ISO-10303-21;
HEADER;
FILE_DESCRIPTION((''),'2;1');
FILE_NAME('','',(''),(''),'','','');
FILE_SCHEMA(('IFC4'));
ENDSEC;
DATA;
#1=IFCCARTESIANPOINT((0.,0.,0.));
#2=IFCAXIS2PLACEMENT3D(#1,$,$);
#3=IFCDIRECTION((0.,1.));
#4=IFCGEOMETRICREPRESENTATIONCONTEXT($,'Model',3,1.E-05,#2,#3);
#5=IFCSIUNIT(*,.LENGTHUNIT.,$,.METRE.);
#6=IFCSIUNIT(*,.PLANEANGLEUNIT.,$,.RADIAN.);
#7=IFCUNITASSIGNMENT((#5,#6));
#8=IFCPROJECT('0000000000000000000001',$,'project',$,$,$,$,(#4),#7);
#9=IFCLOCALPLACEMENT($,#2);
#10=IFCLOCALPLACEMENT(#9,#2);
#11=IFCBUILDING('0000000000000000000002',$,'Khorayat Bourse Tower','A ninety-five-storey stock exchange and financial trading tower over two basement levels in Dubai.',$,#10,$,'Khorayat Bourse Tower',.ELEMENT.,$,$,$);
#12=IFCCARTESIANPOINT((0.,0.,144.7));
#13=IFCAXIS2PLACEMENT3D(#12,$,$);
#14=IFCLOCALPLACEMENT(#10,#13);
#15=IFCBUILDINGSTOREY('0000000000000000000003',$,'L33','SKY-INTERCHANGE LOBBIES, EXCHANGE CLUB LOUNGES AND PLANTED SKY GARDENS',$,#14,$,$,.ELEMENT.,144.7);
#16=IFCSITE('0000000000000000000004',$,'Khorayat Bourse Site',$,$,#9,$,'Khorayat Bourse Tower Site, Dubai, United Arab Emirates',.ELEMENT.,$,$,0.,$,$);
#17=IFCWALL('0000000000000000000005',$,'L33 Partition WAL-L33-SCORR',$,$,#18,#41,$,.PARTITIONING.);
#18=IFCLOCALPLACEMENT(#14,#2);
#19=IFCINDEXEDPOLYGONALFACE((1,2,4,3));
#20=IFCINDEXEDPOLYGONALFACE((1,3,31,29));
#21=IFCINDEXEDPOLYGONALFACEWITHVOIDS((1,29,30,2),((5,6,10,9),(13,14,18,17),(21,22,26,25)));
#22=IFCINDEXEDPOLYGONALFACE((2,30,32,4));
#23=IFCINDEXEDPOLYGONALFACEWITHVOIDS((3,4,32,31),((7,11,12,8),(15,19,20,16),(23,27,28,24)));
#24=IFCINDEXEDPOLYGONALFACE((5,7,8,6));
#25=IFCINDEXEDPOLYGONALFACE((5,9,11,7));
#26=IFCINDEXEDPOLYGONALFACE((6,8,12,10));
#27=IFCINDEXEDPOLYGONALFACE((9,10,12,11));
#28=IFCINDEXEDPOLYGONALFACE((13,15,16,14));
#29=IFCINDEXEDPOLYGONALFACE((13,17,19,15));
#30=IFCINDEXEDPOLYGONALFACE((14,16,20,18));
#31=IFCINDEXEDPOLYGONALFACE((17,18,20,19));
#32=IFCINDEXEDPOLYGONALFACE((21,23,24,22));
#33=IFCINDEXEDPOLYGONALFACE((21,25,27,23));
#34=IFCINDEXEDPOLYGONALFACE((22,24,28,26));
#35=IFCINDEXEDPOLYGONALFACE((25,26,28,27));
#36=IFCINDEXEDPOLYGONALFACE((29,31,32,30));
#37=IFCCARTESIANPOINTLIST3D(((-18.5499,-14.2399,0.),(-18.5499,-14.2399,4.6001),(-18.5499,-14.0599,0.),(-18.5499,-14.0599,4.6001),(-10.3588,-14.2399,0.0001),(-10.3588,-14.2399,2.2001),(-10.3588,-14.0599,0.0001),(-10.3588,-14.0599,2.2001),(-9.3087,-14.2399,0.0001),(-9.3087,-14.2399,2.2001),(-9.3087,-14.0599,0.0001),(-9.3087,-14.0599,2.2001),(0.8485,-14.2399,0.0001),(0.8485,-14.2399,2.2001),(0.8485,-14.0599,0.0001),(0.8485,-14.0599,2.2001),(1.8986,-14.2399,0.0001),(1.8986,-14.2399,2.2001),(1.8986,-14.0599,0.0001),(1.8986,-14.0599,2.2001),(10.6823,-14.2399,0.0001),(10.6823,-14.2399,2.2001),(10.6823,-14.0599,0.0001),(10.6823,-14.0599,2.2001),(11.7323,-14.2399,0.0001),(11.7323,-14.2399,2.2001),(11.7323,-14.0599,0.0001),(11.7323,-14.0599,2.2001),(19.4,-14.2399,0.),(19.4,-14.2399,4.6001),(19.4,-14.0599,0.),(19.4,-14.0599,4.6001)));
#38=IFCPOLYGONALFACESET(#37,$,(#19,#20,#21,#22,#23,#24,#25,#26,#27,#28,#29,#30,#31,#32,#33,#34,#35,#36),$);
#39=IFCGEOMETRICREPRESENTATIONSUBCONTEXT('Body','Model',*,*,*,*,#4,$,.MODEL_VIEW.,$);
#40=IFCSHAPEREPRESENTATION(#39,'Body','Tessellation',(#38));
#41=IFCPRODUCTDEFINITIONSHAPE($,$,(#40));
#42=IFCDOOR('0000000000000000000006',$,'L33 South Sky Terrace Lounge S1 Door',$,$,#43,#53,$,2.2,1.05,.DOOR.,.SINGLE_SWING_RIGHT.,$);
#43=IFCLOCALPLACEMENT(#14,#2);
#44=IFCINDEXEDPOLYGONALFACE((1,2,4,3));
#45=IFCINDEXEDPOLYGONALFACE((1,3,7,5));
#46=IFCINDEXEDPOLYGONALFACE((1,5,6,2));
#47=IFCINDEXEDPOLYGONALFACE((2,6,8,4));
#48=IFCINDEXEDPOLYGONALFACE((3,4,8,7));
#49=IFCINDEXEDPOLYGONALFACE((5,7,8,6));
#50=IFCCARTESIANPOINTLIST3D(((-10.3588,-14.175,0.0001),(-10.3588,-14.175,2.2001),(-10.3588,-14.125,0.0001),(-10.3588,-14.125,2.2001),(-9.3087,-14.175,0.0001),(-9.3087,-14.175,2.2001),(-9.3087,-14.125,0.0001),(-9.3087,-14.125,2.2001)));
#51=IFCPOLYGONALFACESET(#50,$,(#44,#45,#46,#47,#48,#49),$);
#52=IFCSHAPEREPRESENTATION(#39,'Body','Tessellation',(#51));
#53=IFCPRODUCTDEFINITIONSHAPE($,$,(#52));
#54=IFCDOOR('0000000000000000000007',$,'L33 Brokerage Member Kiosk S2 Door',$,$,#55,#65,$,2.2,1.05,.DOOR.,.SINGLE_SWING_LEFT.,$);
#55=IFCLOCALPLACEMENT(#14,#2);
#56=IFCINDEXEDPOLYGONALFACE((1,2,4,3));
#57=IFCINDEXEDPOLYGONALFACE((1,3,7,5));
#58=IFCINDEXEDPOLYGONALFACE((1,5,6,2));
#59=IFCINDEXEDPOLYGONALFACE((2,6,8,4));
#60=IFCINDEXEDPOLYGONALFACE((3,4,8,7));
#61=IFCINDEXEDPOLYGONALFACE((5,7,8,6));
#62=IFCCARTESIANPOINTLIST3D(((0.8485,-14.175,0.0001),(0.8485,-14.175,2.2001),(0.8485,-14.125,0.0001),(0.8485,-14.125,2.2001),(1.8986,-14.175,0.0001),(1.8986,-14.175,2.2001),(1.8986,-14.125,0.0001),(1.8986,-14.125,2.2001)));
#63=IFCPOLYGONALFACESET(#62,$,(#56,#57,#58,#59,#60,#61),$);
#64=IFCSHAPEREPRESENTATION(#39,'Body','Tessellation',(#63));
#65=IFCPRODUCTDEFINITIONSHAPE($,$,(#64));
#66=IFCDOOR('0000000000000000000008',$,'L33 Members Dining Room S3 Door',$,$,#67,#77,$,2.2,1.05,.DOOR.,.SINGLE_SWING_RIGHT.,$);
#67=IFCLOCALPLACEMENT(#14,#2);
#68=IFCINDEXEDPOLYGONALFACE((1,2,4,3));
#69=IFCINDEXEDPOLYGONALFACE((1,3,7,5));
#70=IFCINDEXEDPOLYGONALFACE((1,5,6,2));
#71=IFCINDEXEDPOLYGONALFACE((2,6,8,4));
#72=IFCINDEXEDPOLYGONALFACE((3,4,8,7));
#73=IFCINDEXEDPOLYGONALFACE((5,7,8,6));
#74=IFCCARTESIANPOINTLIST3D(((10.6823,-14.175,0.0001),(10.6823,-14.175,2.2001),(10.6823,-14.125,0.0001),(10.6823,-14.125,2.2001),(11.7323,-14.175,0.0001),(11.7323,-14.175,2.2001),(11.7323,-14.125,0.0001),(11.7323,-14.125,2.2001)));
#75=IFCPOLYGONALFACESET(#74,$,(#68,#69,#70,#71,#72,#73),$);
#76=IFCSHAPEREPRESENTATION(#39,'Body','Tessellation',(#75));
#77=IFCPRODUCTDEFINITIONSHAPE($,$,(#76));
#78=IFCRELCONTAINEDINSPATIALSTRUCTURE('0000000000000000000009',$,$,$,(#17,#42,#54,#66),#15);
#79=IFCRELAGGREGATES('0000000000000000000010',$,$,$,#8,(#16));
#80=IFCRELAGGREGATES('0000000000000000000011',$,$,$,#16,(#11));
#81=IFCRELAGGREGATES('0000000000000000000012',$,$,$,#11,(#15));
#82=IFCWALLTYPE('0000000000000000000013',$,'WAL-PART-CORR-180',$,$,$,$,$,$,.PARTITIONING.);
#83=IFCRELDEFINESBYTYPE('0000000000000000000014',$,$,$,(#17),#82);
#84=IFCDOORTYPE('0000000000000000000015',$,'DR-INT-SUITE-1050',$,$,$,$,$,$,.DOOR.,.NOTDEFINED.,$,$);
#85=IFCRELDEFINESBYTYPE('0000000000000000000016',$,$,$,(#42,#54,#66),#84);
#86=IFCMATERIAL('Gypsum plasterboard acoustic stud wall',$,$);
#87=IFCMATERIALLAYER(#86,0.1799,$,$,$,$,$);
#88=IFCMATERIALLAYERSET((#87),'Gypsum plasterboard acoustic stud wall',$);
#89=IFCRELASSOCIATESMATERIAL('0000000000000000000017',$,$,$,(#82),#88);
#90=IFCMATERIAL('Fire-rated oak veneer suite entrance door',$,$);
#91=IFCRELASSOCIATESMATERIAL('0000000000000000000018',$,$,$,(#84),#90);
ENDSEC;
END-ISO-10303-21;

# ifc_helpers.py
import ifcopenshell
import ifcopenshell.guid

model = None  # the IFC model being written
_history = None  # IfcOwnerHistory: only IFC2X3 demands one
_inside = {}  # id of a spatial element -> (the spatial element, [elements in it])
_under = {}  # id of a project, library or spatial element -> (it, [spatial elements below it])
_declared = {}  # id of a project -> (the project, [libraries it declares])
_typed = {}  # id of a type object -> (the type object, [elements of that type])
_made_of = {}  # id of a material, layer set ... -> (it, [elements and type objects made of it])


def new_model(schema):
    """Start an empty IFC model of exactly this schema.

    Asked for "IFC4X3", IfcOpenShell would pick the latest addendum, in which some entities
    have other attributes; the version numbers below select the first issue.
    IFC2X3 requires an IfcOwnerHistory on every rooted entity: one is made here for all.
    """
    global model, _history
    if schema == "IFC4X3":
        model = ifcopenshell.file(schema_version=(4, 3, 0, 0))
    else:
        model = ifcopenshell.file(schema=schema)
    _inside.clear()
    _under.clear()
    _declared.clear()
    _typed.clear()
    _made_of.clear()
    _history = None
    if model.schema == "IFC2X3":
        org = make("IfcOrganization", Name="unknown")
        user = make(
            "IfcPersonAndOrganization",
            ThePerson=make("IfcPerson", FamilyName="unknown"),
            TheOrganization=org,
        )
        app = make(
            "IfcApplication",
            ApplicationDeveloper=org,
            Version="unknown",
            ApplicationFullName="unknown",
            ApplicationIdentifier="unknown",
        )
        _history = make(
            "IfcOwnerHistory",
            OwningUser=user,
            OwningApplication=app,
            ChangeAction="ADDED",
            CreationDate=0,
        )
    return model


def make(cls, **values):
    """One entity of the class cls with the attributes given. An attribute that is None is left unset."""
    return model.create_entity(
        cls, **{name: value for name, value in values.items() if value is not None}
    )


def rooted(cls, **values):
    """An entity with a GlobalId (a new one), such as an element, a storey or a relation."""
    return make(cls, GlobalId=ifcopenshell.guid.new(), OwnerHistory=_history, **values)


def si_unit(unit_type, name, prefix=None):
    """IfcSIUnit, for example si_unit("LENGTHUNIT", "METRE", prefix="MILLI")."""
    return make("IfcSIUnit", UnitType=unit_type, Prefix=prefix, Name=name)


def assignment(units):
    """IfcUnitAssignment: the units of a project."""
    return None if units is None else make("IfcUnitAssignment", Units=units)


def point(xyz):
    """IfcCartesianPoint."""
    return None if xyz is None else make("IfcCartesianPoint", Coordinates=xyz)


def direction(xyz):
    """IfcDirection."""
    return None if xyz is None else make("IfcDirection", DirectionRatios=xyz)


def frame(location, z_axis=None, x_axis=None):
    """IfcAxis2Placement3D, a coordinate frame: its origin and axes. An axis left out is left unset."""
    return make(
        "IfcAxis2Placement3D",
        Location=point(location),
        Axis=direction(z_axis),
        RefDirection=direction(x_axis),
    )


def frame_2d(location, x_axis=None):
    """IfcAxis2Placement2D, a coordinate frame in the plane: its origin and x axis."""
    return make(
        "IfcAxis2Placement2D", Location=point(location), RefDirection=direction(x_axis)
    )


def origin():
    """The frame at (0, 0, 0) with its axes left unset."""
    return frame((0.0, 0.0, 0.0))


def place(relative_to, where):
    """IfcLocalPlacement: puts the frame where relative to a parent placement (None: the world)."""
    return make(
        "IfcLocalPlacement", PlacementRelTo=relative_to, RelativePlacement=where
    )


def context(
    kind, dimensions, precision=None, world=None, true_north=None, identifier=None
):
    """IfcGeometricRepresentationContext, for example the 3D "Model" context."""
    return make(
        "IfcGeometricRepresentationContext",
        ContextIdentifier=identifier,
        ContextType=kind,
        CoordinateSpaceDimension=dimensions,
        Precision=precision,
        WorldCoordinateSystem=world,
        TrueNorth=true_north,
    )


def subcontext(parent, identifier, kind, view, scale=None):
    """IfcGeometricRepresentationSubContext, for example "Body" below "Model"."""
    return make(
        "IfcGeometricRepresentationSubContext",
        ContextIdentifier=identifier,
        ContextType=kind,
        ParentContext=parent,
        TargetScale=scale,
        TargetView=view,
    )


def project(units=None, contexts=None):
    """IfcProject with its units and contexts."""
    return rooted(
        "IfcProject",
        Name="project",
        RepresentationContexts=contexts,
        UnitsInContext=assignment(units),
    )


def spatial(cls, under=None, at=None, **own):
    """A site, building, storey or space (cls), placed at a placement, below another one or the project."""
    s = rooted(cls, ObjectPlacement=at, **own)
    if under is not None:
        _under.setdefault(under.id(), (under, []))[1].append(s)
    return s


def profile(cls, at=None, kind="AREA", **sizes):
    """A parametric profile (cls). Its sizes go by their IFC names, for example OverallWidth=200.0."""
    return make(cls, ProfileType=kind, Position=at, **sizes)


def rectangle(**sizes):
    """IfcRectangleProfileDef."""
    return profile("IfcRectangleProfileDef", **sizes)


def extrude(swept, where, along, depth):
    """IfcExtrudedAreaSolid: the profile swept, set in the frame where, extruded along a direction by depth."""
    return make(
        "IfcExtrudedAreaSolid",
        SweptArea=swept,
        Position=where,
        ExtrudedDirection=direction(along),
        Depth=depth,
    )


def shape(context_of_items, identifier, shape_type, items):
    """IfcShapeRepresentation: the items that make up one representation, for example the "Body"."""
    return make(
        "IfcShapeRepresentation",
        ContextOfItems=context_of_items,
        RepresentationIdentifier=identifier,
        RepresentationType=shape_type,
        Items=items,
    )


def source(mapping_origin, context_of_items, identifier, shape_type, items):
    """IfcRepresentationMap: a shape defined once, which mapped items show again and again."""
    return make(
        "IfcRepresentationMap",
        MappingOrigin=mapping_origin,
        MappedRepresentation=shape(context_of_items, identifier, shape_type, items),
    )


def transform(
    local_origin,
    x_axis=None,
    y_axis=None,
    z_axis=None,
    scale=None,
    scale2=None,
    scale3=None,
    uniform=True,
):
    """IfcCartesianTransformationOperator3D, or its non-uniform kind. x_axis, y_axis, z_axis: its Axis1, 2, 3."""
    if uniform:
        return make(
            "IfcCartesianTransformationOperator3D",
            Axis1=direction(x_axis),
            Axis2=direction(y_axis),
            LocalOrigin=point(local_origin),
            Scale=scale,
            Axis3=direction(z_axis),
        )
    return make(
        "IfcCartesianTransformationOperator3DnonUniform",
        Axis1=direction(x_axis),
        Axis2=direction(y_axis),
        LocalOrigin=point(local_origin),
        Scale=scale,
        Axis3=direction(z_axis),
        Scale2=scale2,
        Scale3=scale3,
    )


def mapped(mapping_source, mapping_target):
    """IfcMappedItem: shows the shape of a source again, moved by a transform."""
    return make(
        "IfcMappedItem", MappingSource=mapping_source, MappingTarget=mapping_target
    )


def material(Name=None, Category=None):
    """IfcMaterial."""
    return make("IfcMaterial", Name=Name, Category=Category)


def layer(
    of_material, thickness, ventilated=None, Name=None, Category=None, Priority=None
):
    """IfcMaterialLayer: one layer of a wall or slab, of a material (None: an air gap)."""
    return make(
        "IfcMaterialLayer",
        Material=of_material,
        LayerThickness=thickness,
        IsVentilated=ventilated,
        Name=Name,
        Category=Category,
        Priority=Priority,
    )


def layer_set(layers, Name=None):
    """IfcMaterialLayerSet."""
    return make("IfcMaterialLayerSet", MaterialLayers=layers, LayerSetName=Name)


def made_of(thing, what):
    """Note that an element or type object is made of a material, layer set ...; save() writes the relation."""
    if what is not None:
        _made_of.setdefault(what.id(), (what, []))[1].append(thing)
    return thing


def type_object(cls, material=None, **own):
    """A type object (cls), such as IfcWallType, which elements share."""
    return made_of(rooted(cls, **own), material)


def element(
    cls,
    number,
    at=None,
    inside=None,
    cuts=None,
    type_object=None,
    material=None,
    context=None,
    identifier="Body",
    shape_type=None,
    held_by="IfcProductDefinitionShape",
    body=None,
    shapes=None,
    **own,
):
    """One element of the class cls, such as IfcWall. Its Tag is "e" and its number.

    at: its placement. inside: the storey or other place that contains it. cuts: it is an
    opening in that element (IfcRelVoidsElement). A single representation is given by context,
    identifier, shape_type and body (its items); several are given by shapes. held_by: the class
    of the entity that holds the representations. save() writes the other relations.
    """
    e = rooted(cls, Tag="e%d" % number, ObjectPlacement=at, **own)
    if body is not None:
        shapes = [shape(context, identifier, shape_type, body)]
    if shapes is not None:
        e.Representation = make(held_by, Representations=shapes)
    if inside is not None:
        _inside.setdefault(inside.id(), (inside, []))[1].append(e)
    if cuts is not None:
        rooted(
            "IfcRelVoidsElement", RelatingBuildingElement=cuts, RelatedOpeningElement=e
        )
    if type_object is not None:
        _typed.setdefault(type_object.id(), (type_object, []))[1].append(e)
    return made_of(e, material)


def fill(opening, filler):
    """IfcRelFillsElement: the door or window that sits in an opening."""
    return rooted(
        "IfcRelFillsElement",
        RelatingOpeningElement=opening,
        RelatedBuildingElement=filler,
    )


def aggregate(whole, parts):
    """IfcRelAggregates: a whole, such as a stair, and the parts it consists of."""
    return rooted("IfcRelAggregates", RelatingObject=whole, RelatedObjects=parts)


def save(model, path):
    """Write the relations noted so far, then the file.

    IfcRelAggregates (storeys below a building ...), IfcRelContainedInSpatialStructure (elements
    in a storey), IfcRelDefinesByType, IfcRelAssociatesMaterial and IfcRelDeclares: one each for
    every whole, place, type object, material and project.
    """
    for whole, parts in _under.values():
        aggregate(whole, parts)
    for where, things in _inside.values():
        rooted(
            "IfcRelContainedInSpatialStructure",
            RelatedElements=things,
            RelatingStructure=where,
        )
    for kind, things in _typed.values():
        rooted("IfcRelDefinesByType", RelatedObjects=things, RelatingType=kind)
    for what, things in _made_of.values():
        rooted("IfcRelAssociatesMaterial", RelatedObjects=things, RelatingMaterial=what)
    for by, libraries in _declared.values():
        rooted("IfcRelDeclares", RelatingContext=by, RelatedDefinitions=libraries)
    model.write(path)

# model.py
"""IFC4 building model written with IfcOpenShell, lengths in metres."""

from ifc_helpers import new_model, si_unit, direction, frame, frame_2d, origin, place, context, subcontext, project, spatial, rectangle, extrude, source, transform, mapped, material, layer, layer_set, type_object, element, fill, save


model = new_model("IFC4")

# Units and contexts
model_context = context("Model", 3, precision=1e-05, world=origin(), true_north=direction((0.0, 1.0)))
body_context = subcontext(model_context, "Body", "Model", "MODEL_VIEW")
ifc_project = project(units=[si_unit("LENGTHUNIT", "METRE"), si_unit("PLANEANGLEUNIT", "RADIAN")], contexts=[model_context])

# Site, building, storey
site_placement = place(None, origin())
site = spatial("IfcSite", under=ifc_project, at=site_placement, Name="Khorayat Bourse Site", LongName="Khorayat Bourse Tower Site, Dubai, United Arab Emirates", CompositionType="ELEMENT", RefElevation=0.0)
building_placement = place(site_placement, origin())
building = spatial("IfcBuilding", under=site, at=building_placement, Name="Khorayat Bourse Tower", Description="A ninety-five-storey stock exchange and financial trading tower over two basement levels in Dubai.", LongName="Khorayat Bourse Tower", CompositionType="ELEMENT")
storey_placement = place(building_placement, frame((0.0, 0.0, 144.7)))
storey = spatial("IfcBuildingStorey", under=building, at=storey_placement, Name="L33", Description="SKY-INTERCHANGE LOBBIES, EXCHANGE CLUB LOUNGES AND PLANTED SKY GARDENS", CompositionType="ELEMENT", Elevation=144.7)

# Wall, openings, doors
ifc_material_1 = material(Name="Gypsum plasterboard acoustic stud wall")
ifc_layer_1 = layer(ifc_material_1, 0.1799)
ifc_layer_set_1 = layer_set([ifc_layer_1], Name="Gypsum plasterboard acoustic stud wall")
wall_type_1 = type_object("IfcWallType", Name="WAL-PART-CORR-180", PredefinedType="PARTITIONING", material=ifc_layer_set_1)
shared_shape_1 = source(origin(), body_context, "Body", "SweptSolid", [
    extrude(rectangle(XDim=37.95, YDim=0.1799, at=frame_2d((18.9751, 0.0))), origin(), (0.0, 0.0, 1.0), 4.6001),
])
wall_1_placement = place(storey_placement, frame((-18.55, -14.1499, 0.0), z_axis=(0.0, 0.0, 1.0), x_axis=(1.0, 0.0, 0.0)))
wall_1 = element("IfcWall", 1, at=wall_1_placement, inside=storey, type_object=wall_type_1, Name="L33 Partition WAL-L33-SCORR", PredefinedType="PARTITIONING", context=body_context, shape_type="MappedRepresentation", body=[
    mapped(shared_shape_1, transform((0.0, 0.0, 0.0), scale=1.0)),
])
shared_shape_2 = source(origin(), body_context, "Body", "SweptSolid", [
    extrude(rectangle(XDim=1.05, YDim=2.2, at=frame_2d((0.5249, 1.1001))), frame((0.0, 0.0999, 0.0), z_axis=(0.0, -1.0, 0.0), x_axis=(1.0, 0.0, 0.0)), (0.0, 0.0, 1.0), 0.2),
])
opening_1_placement = place(wall_1_placement, frame((8.1914, 0.0, 0.0)))
opening_1 = element("IfcOpeningElement", 2, at=opening_1_placement, cuts=wall_1, PredefinedType="OPENING", context=body_context, shape_type="MappedRepresentation", body=[
    mapped(shared_shape_2, transform((0.0, 0.0, 0.0), scale=1.0)),
])
opening_2_placement = place(wall_1_placement, frame((19.3987, 0.0, 0.0)))
opening_2 = element("IfcOpeningElement", 3, at=opening_2_placement, cuts=wall_1, PredefinedType="OPENING", context=body_context, shape_type="MappedRepresentation", body=[
    mapped(shared_shape_2, transform((0.0, 0.0, 0.0), scale=1.0)),
])
opening_3_placement = place(wall_1_placement, frame((29.2324, 0.0, 0.0)))
opening_3 = element("IfcOpeningElement", 4, at=opening_3_placement, cuts=wall_1, PredefinedType="OPENING", context=body_context, shape_type="MappedRepresentation", body=[
    mapped(shared_shape_2, transform((0.0, 0.0, 0.0), scale=1.0)),
])
ifc_material_2 = material(Name="Fire-rated oak veneer suite entrance door")
door_type_1 = type_object("IfcDoorType", Name="DR-INT-SUITE-1050", OperationType="NOTDEFINED", PredefinedType="DOOR", material=ifc_material_2)
shared_shape_3 = source(origin(), body_context, "Body", "SweptSolid", [
    extrude(rectangle(XDim=1.05, YDim=2.2, at=frame_2d((0.5249, 1.1001))), frame((0.0, 0.0249, 0.0), z_axis=(0.0, -1.0, 0.0), x_axis=(1.0, 0.0, 0.0)), (0.0, 0.0, 1.0), 0.05),
])
door_1_placement = place(opening_1_placement, origin())
door_1 = element("IfcDoor", 5, at=door_1_placement, inside=storey, type_object=door_type_1, Name="L33 South Sky Terrace Lounge S1 Door", OperationType="SINGLE_SWING_RIGHT", OverallHeight=2.2, OverallWidth=1.05, PredefinedType="DOOR", context=body_context, shape_type="MappedRepresentation", body=[
    mapped(shared_shape_3, transform((0.0, 0.0, 0.0), scale=1.0)),
])
fill(opening_1, door_1)
door_2_placement = place(opening_2_placement, origin())
door_2 = element("IfcDoor", 6, at=door_2_placement, inside=storey, type_object=door_type_1, Name="L33 Brokerage Member Kiosk S2 Door", OperationType="SINGLE_SWING_LEFT", OverallHeight=2.2, OverallWidth=1.05, PredefinedType="DOOR", context=body_context, shape_type="MappedRepresentation", body=[
    mapped(shared_shape_3, transform((0.0, 0.0, 0.0), scale=1.0)),
])
fill(opening_2, door_2)
door_3_placement = place(opening_3_placement, origin())
door_3 = element("IfcDoor", 7, at=door_3_placement, inside=storey, type_object=door_type_1, Name="L33 Members Dining Room S3 Door", OperationType="SINGLE_SWING_RIGHT", OverallHeight=2.2, OverallWidth=1.05, PredefinedType="DOOR", context=body_context, shape_type="MappedRepresentation", body=[
    mapped(shared_shape_3, transform((0.0, 0.0, 0.0), scale=1.0)),
])
fill(opening_3, door_3)

save(model, "model.ifc")
